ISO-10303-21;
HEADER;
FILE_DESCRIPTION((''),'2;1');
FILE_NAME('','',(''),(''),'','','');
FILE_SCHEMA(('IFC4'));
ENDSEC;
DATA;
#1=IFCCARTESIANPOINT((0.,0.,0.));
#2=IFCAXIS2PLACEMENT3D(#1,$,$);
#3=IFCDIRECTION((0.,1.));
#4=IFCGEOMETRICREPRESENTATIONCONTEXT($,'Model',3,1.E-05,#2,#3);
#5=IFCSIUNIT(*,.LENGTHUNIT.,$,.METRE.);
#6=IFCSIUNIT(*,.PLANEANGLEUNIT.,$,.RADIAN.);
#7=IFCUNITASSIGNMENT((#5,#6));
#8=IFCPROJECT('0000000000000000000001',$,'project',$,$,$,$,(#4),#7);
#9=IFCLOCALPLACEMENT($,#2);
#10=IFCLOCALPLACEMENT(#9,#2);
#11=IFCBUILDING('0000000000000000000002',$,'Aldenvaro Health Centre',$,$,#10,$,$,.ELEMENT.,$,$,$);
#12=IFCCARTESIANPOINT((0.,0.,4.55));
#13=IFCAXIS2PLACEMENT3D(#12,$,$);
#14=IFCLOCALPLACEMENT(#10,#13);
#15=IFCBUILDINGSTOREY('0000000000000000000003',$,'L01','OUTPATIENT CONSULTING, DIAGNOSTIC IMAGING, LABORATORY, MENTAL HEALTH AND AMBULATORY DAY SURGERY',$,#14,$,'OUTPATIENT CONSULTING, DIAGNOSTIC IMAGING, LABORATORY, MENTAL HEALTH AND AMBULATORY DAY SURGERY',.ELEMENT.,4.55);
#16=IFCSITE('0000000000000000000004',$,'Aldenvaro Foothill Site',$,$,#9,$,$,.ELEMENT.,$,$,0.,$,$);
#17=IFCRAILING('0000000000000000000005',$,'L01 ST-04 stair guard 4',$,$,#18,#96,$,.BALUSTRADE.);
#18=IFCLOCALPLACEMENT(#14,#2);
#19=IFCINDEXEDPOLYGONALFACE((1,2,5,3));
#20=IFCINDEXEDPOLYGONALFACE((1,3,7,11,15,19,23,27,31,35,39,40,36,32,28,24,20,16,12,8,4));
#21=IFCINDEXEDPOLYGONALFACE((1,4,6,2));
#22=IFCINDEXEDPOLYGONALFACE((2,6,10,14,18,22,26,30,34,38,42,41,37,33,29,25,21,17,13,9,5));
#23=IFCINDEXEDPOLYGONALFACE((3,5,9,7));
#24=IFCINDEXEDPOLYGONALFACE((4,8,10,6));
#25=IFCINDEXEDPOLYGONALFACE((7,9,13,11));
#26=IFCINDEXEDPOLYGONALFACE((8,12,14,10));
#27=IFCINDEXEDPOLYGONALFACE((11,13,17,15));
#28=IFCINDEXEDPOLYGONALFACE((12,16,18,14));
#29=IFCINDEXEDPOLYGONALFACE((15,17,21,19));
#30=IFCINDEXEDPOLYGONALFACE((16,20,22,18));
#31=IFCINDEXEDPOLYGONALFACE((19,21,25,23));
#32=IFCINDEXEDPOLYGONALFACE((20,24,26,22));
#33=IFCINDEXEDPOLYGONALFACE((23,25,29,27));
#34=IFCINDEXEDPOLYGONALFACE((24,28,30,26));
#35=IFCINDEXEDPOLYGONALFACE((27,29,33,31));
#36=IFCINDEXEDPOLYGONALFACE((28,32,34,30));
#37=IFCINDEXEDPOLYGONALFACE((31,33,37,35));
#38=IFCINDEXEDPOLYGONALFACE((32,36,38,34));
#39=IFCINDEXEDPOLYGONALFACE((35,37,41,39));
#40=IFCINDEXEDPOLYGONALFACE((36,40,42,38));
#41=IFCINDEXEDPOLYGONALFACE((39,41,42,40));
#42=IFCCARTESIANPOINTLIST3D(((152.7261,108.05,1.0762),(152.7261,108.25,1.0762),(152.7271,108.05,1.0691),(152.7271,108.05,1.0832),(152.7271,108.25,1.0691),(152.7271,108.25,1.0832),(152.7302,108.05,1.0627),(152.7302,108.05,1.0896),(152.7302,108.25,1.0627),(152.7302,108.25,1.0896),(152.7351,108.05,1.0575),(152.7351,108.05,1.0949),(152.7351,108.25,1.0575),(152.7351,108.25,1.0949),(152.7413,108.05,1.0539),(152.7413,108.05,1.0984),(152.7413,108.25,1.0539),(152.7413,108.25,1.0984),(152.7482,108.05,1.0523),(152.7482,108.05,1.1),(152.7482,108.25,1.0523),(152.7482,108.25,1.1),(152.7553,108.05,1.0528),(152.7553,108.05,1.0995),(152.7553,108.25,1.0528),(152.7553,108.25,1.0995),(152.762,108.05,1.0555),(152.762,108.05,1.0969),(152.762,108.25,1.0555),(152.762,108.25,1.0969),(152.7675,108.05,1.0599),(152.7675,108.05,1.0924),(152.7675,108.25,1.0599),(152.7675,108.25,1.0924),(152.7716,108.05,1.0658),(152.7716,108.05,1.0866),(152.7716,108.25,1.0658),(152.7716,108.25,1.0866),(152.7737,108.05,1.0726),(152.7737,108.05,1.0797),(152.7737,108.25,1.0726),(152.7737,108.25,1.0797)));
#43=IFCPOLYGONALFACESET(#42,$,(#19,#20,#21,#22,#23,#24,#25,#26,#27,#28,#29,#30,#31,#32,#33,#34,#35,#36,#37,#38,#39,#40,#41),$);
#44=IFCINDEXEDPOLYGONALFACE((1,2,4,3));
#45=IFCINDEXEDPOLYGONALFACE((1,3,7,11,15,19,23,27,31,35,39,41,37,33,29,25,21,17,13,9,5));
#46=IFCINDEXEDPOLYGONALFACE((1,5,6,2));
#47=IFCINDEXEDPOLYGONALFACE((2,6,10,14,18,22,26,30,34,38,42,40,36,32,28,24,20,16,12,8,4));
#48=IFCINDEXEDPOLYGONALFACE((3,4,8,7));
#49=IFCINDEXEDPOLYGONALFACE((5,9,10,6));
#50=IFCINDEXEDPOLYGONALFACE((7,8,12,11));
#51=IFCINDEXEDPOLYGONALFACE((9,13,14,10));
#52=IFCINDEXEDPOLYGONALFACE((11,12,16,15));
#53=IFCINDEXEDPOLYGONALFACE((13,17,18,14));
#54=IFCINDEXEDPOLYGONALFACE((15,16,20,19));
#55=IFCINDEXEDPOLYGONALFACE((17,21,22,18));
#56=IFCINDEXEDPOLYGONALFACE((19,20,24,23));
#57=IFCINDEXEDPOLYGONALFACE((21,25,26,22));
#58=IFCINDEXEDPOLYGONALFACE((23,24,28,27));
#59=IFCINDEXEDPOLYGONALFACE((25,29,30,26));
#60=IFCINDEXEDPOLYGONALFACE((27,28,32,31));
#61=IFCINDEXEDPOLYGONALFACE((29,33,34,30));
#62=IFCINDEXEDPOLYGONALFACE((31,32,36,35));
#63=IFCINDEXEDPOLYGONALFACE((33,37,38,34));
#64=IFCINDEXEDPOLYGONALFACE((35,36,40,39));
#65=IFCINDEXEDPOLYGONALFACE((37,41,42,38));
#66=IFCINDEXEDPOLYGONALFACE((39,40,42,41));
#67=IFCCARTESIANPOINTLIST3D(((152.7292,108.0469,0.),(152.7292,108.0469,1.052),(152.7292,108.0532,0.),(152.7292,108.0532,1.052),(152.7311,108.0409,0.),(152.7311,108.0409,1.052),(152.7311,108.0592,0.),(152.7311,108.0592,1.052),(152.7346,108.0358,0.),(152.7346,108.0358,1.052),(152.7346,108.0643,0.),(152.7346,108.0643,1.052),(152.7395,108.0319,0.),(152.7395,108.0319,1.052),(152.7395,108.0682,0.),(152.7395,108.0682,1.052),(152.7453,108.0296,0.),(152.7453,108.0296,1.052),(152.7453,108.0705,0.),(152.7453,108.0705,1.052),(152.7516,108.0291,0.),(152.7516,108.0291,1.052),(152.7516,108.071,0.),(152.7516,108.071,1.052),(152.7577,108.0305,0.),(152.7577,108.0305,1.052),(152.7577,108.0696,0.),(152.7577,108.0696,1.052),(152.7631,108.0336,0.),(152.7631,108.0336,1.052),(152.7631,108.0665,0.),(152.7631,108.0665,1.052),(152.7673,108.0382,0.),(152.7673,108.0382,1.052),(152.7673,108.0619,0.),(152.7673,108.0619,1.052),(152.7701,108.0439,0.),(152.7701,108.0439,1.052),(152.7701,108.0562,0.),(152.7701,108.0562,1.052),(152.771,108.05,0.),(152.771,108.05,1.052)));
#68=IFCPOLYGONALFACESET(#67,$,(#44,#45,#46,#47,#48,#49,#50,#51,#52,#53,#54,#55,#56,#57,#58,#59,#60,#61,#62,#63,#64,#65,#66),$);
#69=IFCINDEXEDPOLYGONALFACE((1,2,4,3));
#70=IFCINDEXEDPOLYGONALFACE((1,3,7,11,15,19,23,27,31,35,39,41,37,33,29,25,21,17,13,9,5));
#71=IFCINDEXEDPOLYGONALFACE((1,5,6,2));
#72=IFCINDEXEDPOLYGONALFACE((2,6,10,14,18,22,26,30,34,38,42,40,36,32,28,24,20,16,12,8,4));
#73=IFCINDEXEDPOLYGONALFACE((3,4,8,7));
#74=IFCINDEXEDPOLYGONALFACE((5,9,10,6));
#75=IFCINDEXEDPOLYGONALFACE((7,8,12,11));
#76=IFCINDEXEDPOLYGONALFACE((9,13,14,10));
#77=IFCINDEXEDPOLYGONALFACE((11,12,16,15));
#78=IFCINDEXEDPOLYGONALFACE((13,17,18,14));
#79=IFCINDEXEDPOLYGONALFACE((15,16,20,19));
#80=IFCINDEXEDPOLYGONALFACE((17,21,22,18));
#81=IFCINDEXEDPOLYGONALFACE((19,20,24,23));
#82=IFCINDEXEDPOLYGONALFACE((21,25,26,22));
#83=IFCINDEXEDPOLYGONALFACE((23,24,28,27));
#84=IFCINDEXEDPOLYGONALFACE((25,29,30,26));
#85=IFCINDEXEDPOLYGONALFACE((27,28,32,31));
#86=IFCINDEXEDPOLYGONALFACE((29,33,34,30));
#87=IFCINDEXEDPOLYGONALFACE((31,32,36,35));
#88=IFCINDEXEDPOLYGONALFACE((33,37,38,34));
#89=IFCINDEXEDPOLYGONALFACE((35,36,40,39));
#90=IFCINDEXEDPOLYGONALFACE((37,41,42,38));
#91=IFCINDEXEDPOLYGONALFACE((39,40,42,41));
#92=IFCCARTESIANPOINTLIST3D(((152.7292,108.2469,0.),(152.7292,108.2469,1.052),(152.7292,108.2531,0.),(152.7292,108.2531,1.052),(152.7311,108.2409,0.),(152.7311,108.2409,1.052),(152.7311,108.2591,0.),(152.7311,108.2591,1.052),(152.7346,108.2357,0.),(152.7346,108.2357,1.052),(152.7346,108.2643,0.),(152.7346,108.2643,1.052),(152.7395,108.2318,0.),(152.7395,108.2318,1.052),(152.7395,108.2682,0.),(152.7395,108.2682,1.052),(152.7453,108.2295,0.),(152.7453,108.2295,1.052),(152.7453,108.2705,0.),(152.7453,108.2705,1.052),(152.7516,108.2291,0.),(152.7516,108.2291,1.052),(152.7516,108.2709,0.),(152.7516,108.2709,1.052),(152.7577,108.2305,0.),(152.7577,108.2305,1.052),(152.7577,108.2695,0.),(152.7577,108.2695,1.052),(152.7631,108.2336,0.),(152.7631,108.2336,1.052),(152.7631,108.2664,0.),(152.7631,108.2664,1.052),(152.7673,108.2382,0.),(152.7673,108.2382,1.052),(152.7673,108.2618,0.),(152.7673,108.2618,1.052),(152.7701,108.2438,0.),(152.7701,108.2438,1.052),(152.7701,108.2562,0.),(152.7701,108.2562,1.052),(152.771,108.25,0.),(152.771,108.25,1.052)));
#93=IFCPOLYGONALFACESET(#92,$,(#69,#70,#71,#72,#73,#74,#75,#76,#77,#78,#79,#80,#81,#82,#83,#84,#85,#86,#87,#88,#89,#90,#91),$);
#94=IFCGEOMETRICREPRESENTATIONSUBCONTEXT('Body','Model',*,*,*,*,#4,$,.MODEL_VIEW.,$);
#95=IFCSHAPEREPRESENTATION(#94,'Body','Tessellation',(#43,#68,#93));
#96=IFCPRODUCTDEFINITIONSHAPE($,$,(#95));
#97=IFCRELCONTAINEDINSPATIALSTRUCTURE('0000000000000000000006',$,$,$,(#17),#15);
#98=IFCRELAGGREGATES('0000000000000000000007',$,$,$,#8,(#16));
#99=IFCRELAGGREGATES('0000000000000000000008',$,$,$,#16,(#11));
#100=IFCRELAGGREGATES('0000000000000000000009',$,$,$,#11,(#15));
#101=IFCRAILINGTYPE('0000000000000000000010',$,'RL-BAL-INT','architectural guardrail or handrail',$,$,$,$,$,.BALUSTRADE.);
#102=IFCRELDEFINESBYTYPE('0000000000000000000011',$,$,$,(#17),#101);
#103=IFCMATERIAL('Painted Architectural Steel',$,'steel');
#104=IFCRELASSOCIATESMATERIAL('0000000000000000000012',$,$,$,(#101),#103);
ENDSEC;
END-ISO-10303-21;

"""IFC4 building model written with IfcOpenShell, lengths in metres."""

from ifc_helpers import new_model, si_unit, direction, frame, origin, origin_2d, place, context, subcontext, project, spatial, circle, extrude, material, type_object, element, save


model = new_model("IFC4")

# Units and contexts
model_context = context("Model", 3, precision=1e-05, world=origin(), true_north=direction((0.0, 1.0)))
body_context = subcontext(model_context, "Body", "Model", "MODEL_VIEW")
ifc_project = project(units=[si_unit("LENGTHUNIT", "METRE"), si_unit("PLANEANGLEUNIT", "RADIAN")], contexts=[model_context])

# Site, building, storey
site_placement = place(None, origin())
site = spatial("IfcSite", under=ifc_project, at=site_placement, Name="Aldenvaro Foothill Site", CompositionType="ELEMENT", RefElevation=0.0)
building_placement = place(site_placement, origin())
building = spatial("IfcBuilding", under=site, at=building_placement, Name="Aldenvaro Health Centre", CompositionType="ELEMENT")
storey_placement = place(building_placement, frame((0.0, 0.0, 4.55)))
storey = spatial("IfcBuildingStorey", under=building, at=storey_placement, Name="L01", Description="OUTPATIENT CONSULTING, DIAGNOSTIC IMAGING, LABORATORY, MENTAL HEALTH AND AMBULATORY DAY SURGERY", LongName="OUTPATIENT CONSULTING, DIAGNOSTIC IMAGING, LABORATORY, MENTAL HEALTH AND AMBULATORY DAY SURGERY", CompositionType="ELEMENT", Elevation=4.55)

# Railing
ifc_material_1 = material(Name="Painted Architectural Steel", Category="steel")
railing_type_1 = type_object("IfcRailingType", Name="RL-BAL-INT", Description="architectural guardrail or handrail", PredefinedType="BALUSTRADE", material=ifc_material_1)
railing_1_placement = place(storey_placement, frame((152.75, 108.05, 0.0)))
element("IfcRailing", 1, at=railing_1_placement, inside=storey, type_object=railing_type_1, Name="L01 ST-04 stair guard 4", PredefinedType="BALUSTRADE", context=body_context, shape_type="SweptSolid", body=[
    extrude(circle(Radius=0.0239, at=origin_2d()), frame((0.0, 0.0, 1.0762), z_axis=(0.0, 1.0, 0.0), x_axis=(-1.0, 0.0, 0.0)), (0.0, 0.0, 1.0), 0.2),
    extrude(circle(Radius=0.021, at=origin_2d()), origin(), (0.0, 0.0, 1.0), 1.052),
    extrude(circle(Radius=0.021, at=origin_2d()), frame((0.0, 0.2, 0.0)), (0.0, 0.0, 1.0), 1.052),
])

save(model, "model.ifc")
